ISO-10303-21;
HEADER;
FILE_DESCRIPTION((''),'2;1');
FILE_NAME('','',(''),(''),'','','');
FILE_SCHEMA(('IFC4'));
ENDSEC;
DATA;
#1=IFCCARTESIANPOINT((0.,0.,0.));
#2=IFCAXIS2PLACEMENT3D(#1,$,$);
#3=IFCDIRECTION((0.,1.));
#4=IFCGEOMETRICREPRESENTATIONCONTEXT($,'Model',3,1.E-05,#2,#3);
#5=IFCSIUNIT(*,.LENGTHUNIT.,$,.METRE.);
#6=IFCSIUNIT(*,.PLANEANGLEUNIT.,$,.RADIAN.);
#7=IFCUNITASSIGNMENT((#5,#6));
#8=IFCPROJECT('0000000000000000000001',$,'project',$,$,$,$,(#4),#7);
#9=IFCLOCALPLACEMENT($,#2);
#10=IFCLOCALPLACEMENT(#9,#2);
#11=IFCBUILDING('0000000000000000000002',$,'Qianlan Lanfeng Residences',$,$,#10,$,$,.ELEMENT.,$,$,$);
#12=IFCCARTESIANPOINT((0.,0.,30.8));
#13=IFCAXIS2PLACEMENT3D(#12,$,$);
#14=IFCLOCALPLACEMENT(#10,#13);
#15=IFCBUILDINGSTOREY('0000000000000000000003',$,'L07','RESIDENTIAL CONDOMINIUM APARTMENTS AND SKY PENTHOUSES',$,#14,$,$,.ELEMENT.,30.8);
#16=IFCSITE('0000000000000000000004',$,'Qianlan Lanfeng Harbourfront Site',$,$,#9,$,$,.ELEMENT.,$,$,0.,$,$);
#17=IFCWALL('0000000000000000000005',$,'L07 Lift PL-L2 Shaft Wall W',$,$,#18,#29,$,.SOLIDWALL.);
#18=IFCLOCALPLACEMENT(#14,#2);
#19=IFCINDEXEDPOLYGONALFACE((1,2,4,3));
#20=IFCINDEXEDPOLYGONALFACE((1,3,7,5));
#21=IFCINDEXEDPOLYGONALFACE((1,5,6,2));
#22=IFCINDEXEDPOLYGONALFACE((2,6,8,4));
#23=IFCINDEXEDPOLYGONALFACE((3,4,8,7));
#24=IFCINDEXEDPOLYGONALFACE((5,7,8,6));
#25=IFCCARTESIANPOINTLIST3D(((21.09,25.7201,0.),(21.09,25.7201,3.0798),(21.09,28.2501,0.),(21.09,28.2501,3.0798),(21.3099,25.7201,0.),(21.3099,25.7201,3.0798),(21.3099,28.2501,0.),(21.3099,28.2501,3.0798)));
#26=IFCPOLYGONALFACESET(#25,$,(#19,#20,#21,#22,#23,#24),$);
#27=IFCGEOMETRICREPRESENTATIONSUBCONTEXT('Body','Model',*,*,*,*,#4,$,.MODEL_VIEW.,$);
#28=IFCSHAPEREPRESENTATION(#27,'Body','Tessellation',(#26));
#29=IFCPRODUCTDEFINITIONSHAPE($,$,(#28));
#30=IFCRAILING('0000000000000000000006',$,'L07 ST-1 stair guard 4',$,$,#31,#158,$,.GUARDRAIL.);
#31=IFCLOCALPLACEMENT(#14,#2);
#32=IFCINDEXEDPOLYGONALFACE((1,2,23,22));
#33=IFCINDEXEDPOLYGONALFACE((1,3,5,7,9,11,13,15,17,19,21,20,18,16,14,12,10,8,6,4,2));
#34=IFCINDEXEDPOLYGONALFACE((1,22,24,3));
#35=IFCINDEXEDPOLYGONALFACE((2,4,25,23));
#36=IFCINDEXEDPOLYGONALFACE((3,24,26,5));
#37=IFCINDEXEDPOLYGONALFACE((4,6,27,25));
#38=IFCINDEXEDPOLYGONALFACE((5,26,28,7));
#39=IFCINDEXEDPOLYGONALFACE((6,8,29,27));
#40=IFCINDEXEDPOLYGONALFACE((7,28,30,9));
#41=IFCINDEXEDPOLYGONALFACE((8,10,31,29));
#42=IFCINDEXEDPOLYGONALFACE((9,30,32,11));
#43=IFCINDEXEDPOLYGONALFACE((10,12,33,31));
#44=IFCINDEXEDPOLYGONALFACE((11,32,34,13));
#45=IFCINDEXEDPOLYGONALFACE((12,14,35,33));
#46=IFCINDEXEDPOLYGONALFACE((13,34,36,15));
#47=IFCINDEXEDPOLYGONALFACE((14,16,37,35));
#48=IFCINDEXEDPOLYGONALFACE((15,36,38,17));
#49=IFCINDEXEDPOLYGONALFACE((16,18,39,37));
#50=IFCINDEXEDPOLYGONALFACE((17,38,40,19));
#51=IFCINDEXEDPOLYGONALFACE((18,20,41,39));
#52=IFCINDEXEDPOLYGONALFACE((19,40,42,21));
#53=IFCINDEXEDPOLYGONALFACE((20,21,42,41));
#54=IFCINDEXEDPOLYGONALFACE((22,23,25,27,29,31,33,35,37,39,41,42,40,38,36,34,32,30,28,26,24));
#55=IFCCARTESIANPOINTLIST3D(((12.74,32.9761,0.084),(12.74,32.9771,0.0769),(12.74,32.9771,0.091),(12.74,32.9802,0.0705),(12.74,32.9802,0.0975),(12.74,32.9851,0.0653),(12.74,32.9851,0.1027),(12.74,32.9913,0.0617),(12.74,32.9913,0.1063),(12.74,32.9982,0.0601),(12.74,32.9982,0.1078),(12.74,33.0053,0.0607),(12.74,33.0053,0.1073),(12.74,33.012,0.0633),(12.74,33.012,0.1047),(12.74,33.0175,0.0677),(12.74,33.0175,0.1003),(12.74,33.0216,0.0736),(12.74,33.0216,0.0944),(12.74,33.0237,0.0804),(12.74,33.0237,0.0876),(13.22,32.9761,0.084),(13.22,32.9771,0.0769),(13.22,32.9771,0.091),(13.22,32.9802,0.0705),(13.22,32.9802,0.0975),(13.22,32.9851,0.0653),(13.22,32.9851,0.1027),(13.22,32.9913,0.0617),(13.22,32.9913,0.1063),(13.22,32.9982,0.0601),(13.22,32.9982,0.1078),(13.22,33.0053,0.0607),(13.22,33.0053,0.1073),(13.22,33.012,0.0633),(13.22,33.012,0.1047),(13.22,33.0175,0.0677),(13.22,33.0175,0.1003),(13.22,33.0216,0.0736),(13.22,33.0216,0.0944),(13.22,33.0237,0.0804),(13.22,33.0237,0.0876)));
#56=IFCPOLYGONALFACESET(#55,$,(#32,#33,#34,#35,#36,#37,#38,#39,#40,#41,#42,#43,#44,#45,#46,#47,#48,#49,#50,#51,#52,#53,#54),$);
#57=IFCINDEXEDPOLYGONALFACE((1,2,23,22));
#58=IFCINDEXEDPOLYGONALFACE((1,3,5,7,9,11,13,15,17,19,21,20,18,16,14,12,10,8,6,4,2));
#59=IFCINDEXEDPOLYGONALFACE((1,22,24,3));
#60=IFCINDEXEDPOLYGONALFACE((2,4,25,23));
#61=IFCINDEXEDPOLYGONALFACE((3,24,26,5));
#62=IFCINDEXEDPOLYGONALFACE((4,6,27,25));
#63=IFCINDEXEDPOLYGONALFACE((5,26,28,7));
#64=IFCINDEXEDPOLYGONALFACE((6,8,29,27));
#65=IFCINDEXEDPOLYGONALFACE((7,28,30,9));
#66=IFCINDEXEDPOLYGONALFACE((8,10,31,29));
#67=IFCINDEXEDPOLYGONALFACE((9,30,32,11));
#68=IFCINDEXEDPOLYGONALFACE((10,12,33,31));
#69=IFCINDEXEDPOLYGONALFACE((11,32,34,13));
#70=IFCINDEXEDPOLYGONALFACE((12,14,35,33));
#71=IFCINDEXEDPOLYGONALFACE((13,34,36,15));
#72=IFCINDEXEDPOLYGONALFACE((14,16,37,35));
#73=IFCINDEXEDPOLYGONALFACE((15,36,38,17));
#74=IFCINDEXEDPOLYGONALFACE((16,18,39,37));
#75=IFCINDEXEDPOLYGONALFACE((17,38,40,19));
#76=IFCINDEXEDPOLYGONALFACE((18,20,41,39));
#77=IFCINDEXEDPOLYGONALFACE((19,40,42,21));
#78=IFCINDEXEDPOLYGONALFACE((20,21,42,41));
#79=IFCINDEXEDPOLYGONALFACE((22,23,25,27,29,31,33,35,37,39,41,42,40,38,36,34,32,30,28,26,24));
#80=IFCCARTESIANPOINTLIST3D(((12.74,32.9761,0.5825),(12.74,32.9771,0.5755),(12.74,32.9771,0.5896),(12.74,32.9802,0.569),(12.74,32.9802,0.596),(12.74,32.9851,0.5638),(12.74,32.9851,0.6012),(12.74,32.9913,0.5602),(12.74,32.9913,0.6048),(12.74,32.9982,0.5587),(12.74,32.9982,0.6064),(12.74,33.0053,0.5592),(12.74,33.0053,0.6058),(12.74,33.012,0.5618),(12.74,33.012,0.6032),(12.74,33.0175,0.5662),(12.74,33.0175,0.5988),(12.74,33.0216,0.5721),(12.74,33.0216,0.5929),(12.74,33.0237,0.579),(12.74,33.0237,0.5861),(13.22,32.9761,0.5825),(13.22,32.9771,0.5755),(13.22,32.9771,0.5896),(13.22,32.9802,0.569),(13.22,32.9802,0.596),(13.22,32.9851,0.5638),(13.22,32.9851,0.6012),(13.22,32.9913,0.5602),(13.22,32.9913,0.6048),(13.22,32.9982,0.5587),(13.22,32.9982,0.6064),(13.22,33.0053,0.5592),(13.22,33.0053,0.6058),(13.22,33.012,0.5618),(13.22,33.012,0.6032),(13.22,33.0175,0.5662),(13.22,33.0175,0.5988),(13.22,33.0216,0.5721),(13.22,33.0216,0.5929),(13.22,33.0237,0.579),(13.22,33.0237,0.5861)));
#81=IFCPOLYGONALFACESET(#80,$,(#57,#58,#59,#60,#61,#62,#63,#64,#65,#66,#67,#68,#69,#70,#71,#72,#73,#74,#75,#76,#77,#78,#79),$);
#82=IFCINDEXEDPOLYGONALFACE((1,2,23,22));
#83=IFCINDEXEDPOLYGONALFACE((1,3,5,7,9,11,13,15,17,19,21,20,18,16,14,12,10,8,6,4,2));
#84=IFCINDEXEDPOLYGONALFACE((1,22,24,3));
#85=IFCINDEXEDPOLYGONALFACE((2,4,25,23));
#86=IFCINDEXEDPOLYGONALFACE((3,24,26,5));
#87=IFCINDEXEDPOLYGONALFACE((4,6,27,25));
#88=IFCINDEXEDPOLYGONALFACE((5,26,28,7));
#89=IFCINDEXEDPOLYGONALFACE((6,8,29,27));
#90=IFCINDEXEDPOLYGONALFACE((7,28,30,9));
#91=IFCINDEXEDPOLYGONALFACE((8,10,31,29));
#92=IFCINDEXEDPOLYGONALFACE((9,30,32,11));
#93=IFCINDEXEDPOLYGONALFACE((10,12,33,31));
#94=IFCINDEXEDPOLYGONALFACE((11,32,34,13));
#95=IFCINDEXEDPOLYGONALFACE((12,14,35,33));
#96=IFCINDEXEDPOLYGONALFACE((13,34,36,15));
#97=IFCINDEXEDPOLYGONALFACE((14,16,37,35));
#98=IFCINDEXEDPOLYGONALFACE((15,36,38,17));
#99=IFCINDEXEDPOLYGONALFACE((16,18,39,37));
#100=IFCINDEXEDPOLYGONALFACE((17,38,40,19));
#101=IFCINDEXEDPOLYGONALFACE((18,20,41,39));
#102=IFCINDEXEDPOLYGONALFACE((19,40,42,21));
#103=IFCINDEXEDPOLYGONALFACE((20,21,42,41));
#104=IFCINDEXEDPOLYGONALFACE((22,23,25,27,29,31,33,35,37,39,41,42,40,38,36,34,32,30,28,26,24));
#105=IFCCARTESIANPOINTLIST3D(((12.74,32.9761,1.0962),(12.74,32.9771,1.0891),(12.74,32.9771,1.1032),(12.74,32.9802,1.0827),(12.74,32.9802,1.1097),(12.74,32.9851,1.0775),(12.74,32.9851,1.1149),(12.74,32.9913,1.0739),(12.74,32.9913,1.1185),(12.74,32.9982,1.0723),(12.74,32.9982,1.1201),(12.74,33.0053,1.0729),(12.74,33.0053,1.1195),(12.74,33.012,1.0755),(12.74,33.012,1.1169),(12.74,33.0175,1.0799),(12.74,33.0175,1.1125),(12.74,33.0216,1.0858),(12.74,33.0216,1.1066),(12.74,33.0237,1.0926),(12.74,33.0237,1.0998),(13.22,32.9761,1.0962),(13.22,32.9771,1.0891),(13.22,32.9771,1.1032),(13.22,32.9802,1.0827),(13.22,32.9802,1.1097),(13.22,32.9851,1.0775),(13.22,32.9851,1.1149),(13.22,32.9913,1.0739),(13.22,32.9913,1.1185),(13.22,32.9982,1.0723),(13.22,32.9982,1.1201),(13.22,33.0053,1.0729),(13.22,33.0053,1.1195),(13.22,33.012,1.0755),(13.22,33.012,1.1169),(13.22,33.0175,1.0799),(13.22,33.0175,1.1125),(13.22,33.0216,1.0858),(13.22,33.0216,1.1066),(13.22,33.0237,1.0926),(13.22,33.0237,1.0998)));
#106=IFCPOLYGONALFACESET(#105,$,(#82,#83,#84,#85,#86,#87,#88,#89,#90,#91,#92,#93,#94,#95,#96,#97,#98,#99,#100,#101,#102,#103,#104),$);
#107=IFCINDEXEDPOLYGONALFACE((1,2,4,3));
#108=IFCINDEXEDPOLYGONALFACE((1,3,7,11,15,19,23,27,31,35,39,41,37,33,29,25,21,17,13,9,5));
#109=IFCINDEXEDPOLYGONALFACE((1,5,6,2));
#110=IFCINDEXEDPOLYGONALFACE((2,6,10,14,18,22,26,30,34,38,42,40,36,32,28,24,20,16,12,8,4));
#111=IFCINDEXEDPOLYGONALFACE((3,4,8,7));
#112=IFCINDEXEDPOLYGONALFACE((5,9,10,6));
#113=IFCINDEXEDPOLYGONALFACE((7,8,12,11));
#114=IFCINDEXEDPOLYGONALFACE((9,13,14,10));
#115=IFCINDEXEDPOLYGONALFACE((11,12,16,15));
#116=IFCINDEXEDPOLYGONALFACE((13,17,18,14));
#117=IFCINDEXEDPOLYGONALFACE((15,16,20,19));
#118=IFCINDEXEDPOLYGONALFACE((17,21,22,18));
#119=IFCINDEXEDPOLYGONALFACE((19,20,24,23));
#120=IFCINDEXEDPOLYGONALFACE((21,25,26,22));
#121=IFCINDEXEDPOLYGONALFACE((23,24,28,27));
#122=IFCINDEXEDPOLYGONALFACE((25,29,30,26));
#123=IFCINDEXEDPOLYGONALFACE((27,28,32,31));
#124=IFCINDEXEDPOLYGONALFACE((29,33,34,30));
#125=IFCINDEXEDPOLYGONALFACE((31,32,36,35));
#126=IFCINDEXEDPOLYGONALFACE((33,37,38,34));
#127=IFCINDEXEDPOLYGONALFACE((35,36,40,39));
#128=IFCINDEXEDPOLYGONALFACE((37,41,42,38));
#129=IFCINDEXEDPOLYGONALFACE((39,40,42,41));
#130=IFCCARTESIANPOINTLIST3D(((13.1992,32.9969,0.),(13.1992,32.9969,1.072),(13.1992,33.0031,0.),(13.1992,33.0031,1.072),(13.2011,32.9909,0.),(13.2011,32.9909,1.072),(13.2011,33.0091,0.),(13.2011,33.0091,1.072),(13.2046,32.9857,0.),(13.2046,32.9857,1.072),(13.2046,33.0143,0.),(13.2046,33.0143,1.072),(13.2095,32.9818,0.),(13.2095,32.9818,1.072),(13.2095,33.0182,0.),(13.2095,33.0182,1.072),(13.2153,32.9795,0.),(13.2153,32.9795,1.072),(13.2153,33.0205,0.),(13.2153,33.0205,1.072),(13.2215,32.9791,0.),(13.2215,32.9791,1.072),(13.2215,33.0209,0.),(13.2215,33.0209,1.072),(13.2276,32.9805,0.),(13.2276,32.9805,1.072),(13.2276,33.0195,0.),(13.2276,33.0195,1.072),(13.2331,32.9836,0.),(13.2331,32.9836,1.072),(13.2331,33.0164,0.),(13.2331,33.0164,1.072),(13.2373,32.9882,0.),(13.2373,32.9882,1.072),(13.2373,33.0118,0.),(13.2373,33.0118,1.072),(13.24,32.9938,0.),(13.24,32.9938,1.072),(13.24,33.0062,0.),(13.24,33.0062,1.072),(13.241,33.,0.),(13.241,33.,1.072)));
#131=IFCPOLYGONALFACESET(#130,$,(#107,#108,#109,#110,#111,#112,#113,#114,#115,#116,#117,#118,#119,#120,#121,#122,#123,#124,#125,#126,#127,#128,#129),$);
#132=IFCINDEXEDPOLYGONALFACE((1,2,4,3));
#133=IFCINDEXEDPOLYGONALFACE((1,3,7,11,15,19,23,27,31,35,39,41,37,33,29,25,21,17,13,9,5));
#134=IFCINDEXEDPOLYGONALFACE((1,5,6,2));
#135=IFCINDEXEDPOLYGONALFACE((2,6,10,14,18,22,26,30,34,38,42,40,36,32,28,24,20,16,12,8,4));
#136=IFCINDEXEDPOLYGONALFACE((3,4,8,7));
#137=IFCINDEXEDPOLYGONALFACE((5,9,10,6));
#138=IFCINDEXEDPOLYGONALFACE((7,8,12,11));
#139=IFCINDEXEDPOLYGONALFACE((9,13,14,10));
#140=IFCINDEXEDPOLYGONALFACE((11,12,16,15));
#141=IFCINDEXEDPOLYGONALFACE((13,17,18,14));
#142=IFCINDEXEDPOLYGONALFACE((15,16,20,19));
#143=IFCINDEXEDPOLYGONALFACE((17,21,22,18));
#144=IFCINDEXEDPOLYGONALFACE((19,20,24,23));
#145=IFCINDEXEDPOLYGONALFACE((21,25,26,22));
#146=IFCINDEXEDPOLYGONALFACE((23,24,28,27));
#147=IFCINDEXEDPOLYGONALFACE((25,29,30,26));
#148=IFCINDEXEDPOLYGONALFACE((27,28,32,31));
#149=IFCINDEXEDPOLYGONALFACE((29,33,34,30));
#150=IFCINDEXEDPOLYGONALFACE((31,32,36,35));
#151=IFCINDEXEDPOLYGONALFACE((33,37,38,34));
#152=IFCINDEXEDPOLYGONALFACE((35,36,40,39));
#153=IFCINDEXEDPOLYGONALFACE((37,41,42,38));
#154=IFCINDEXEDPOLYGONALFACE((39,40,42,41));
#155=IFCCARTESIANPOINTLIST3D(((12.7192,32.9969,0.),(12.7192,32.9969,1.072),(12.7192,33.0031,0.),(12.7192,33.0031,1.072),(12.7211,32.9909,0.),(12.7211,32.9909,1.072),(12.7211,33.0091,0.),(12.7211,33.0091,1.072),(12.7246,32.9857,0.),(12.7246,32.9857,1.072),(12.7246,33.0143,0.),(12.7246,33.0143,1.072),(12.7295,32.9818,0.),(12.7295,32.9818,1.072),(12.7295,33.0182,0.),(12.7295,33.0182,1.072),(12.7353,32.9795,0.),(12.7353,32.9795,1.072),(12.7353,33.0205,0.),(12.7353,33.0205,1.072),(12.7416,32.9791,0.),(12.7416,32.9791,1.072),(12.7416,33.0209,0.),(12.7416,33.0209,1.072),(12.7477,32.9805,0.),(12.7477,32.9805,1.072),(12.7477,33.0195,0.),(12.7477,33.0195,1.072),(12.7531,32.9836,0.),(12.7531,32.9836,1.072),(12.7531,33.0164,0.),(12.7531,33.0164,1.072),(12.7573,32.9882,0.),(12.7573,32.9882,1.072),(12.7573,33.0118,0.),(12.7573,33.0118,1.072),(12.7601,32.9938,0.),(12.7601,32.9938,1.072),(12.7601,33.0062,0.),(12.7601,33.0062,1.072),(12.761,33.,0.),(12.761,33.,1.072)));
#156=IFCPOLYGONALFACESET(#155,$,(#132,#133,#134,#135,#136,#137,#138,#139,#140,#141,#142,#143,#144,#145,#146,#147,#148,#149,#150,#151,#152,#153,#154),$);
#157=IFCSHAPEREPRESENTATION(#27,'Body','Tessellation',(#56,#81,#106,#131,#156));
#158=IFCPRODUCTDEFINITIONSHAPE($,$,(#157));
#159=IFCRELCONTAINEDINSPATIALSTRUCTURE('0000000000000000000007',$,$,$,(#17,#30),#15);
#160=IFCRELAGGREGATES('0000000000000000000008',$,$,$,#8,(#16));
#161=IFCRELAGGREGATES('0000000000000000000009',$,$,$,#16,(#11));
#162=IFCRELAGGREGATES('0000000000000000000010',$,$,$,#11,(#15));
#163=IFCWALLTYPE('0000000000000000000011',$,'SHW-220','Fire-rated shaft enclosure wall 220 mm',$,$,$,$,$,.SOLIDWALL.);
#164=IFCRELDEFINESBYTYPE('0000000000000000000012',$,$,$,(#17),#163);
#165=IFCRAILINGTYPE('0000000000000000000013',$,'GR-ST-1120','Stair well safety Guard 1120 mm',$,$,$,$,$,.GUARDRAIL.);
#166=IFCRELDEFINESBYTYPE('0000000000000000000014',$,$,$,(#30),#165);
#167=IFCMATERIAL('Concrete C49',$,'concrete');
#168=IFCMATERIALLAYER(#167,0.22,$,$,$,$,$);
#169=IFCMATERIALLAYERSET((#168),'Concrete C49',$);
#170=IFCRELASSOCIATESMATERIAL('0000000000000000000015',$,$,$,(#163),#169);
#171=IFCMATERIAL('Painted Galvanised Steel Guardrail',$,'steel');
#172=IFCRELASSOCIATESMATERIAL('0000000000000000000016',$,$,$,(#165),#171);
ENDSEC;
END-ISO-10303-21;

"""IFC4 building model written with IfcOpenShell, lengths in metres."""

from ifc_helpers import new_model, si_unit, direction, frame, frame_2d, origin, origin_2d, place, context, subcontext, project, spatial, rectangle, circle, extrude, material, layer, layer_set, type_object, element, save


model = new_model("IFC4")

# Units and contexts
model_context = context("Model", 3, precision=1e-05, world=origin(), true_north=direction((0.0, 1.0)))
body_context = subcontext(model_context, "Body", "Model", "MODEL_VIEW")
ifc_project = project(units=[si_unit("LENGTHUNIT", "METRE"), si_unit("PLANEANGLEUNIT", "RADIAN")], contexts=[model_context])

# Site, building, storey
site_placement = place(None, origin())
site = spatial("IfcSite", under=ifc_project, at=site_placement, Name="Qianlan Lanfeng Harbourfront Site", CompositionType="ELEMENT", RefElevation=0.0)
building_placement = place(site_placement, origin())
building = spatial("IfcBuilding", under=site, at=building_placement, Name="Qianlan Lanfeng Residences", CompositionType="ELEMENT")
storey_placement = place(building_placement, frame((0.0, 0.0, 30.8)))
storey = spatial("IfcBuildingStorey", under=building, at=storey_placement, Name="L07", Description="RESIDENTIAL CONDOMINIUM APARTMENTS AND SKY PENTHOUSES", CompositionType="ELEMENT", Elevation=30.8)

# Wall
ifc_material_1 = material(Name="Concrete C49", Category="concrete")
ifc_layer_1 = layer(ifc_material_1, 0.22)
ifc_layer_set_1 = layer_set([ifc_layer_1], Name="Concrete C49")
wall_type_1 = type_object("IfcWallType", Name="SHW-220", Description="Fire-rated shaft enclosure wall 220 mm", PredefinedType="SOLIDWALL", material=ifc_layer_set_1)
wall_1_placement = place(storey_placement, frame((21.2, 25.72, 0.0), z_axis=(0.0, 0.0, 1.0), x_axis=(0.0, 1.0, 0.0)))
element("IfcWall", 1, at=wall_1_placement, inside=storey, type_object=wall_type_1, Name="L07 Lift PL-L2 Shaft Wall W", PredefinedType="SOLIDWALL", context=body_context, shape_type="SweptSolid", body=[
    extrude(rectangle(XDim=2.53, YDim=0.22, at=frame_2d((1.2651, 0.0))), origin(), (0.0, 0.0, 1.0), 3.0798),
])

# Railing
ifc_material_2 = material(Name="Painted Galvanised Steel Guardrail", Category="steel")
railing_type = type_object("IfcRailingType", Name="GR-ST-1120", Description="Stair well safety Guard 1120 mm", PredefinedType="GUARDRAIL", material=ifc_material_2)
railing_placement = place(storey_placement, frame((13.22, 33.0, 0.0)))
element("IfcRailing", 2, at=railing_placement, inside=storey, type_object=railing_type, Name="L07 ST-1 stair guard 4", PredefinedType="GUARDRAIL", context=body_context, shape_type="SweptSolid", body=[
    extrude(circle(Radius=0.0239, at=origin_2d()), frame((0.0, 0.0, 0.084), z_axis=(-1.0, 0.0, 0.0), x_axis=(0.0, -1.0, 0.0)), (0.0, 0.0, 1.0), 0.48),
    extrude(circle(Radius=0.0239, at=origin_2d()), frame((0.0, 0.0, 0.5825), z_axis=(-1.0, 0.0, 0.0), x_axis=(0.0, -1.0, 0.0)), (0.0, 0.0, 1.0), 0.48),
    extrude(circle(Radius=0.0239, at=origin_2d()), frame((0.0, 0.0, 1.0962), z_axis=(-1.0, 0.0, 0.0), x_axis=(0.0, -1.0, 0.0)), (0.0, 0.0, 1.0), 0.48),
    extrude(circle(Radius=0.021, at=origin_2d()), origin(), (0.0, 0.0, 1.0), 1.072),
    extrude(circle(Radius=0.021, at=origin_2d()), frame((-0.48, 0.0, 0.0)), (0.0, 0.0, 1.0), 1.072),
])

save(model, "model.ifc")
